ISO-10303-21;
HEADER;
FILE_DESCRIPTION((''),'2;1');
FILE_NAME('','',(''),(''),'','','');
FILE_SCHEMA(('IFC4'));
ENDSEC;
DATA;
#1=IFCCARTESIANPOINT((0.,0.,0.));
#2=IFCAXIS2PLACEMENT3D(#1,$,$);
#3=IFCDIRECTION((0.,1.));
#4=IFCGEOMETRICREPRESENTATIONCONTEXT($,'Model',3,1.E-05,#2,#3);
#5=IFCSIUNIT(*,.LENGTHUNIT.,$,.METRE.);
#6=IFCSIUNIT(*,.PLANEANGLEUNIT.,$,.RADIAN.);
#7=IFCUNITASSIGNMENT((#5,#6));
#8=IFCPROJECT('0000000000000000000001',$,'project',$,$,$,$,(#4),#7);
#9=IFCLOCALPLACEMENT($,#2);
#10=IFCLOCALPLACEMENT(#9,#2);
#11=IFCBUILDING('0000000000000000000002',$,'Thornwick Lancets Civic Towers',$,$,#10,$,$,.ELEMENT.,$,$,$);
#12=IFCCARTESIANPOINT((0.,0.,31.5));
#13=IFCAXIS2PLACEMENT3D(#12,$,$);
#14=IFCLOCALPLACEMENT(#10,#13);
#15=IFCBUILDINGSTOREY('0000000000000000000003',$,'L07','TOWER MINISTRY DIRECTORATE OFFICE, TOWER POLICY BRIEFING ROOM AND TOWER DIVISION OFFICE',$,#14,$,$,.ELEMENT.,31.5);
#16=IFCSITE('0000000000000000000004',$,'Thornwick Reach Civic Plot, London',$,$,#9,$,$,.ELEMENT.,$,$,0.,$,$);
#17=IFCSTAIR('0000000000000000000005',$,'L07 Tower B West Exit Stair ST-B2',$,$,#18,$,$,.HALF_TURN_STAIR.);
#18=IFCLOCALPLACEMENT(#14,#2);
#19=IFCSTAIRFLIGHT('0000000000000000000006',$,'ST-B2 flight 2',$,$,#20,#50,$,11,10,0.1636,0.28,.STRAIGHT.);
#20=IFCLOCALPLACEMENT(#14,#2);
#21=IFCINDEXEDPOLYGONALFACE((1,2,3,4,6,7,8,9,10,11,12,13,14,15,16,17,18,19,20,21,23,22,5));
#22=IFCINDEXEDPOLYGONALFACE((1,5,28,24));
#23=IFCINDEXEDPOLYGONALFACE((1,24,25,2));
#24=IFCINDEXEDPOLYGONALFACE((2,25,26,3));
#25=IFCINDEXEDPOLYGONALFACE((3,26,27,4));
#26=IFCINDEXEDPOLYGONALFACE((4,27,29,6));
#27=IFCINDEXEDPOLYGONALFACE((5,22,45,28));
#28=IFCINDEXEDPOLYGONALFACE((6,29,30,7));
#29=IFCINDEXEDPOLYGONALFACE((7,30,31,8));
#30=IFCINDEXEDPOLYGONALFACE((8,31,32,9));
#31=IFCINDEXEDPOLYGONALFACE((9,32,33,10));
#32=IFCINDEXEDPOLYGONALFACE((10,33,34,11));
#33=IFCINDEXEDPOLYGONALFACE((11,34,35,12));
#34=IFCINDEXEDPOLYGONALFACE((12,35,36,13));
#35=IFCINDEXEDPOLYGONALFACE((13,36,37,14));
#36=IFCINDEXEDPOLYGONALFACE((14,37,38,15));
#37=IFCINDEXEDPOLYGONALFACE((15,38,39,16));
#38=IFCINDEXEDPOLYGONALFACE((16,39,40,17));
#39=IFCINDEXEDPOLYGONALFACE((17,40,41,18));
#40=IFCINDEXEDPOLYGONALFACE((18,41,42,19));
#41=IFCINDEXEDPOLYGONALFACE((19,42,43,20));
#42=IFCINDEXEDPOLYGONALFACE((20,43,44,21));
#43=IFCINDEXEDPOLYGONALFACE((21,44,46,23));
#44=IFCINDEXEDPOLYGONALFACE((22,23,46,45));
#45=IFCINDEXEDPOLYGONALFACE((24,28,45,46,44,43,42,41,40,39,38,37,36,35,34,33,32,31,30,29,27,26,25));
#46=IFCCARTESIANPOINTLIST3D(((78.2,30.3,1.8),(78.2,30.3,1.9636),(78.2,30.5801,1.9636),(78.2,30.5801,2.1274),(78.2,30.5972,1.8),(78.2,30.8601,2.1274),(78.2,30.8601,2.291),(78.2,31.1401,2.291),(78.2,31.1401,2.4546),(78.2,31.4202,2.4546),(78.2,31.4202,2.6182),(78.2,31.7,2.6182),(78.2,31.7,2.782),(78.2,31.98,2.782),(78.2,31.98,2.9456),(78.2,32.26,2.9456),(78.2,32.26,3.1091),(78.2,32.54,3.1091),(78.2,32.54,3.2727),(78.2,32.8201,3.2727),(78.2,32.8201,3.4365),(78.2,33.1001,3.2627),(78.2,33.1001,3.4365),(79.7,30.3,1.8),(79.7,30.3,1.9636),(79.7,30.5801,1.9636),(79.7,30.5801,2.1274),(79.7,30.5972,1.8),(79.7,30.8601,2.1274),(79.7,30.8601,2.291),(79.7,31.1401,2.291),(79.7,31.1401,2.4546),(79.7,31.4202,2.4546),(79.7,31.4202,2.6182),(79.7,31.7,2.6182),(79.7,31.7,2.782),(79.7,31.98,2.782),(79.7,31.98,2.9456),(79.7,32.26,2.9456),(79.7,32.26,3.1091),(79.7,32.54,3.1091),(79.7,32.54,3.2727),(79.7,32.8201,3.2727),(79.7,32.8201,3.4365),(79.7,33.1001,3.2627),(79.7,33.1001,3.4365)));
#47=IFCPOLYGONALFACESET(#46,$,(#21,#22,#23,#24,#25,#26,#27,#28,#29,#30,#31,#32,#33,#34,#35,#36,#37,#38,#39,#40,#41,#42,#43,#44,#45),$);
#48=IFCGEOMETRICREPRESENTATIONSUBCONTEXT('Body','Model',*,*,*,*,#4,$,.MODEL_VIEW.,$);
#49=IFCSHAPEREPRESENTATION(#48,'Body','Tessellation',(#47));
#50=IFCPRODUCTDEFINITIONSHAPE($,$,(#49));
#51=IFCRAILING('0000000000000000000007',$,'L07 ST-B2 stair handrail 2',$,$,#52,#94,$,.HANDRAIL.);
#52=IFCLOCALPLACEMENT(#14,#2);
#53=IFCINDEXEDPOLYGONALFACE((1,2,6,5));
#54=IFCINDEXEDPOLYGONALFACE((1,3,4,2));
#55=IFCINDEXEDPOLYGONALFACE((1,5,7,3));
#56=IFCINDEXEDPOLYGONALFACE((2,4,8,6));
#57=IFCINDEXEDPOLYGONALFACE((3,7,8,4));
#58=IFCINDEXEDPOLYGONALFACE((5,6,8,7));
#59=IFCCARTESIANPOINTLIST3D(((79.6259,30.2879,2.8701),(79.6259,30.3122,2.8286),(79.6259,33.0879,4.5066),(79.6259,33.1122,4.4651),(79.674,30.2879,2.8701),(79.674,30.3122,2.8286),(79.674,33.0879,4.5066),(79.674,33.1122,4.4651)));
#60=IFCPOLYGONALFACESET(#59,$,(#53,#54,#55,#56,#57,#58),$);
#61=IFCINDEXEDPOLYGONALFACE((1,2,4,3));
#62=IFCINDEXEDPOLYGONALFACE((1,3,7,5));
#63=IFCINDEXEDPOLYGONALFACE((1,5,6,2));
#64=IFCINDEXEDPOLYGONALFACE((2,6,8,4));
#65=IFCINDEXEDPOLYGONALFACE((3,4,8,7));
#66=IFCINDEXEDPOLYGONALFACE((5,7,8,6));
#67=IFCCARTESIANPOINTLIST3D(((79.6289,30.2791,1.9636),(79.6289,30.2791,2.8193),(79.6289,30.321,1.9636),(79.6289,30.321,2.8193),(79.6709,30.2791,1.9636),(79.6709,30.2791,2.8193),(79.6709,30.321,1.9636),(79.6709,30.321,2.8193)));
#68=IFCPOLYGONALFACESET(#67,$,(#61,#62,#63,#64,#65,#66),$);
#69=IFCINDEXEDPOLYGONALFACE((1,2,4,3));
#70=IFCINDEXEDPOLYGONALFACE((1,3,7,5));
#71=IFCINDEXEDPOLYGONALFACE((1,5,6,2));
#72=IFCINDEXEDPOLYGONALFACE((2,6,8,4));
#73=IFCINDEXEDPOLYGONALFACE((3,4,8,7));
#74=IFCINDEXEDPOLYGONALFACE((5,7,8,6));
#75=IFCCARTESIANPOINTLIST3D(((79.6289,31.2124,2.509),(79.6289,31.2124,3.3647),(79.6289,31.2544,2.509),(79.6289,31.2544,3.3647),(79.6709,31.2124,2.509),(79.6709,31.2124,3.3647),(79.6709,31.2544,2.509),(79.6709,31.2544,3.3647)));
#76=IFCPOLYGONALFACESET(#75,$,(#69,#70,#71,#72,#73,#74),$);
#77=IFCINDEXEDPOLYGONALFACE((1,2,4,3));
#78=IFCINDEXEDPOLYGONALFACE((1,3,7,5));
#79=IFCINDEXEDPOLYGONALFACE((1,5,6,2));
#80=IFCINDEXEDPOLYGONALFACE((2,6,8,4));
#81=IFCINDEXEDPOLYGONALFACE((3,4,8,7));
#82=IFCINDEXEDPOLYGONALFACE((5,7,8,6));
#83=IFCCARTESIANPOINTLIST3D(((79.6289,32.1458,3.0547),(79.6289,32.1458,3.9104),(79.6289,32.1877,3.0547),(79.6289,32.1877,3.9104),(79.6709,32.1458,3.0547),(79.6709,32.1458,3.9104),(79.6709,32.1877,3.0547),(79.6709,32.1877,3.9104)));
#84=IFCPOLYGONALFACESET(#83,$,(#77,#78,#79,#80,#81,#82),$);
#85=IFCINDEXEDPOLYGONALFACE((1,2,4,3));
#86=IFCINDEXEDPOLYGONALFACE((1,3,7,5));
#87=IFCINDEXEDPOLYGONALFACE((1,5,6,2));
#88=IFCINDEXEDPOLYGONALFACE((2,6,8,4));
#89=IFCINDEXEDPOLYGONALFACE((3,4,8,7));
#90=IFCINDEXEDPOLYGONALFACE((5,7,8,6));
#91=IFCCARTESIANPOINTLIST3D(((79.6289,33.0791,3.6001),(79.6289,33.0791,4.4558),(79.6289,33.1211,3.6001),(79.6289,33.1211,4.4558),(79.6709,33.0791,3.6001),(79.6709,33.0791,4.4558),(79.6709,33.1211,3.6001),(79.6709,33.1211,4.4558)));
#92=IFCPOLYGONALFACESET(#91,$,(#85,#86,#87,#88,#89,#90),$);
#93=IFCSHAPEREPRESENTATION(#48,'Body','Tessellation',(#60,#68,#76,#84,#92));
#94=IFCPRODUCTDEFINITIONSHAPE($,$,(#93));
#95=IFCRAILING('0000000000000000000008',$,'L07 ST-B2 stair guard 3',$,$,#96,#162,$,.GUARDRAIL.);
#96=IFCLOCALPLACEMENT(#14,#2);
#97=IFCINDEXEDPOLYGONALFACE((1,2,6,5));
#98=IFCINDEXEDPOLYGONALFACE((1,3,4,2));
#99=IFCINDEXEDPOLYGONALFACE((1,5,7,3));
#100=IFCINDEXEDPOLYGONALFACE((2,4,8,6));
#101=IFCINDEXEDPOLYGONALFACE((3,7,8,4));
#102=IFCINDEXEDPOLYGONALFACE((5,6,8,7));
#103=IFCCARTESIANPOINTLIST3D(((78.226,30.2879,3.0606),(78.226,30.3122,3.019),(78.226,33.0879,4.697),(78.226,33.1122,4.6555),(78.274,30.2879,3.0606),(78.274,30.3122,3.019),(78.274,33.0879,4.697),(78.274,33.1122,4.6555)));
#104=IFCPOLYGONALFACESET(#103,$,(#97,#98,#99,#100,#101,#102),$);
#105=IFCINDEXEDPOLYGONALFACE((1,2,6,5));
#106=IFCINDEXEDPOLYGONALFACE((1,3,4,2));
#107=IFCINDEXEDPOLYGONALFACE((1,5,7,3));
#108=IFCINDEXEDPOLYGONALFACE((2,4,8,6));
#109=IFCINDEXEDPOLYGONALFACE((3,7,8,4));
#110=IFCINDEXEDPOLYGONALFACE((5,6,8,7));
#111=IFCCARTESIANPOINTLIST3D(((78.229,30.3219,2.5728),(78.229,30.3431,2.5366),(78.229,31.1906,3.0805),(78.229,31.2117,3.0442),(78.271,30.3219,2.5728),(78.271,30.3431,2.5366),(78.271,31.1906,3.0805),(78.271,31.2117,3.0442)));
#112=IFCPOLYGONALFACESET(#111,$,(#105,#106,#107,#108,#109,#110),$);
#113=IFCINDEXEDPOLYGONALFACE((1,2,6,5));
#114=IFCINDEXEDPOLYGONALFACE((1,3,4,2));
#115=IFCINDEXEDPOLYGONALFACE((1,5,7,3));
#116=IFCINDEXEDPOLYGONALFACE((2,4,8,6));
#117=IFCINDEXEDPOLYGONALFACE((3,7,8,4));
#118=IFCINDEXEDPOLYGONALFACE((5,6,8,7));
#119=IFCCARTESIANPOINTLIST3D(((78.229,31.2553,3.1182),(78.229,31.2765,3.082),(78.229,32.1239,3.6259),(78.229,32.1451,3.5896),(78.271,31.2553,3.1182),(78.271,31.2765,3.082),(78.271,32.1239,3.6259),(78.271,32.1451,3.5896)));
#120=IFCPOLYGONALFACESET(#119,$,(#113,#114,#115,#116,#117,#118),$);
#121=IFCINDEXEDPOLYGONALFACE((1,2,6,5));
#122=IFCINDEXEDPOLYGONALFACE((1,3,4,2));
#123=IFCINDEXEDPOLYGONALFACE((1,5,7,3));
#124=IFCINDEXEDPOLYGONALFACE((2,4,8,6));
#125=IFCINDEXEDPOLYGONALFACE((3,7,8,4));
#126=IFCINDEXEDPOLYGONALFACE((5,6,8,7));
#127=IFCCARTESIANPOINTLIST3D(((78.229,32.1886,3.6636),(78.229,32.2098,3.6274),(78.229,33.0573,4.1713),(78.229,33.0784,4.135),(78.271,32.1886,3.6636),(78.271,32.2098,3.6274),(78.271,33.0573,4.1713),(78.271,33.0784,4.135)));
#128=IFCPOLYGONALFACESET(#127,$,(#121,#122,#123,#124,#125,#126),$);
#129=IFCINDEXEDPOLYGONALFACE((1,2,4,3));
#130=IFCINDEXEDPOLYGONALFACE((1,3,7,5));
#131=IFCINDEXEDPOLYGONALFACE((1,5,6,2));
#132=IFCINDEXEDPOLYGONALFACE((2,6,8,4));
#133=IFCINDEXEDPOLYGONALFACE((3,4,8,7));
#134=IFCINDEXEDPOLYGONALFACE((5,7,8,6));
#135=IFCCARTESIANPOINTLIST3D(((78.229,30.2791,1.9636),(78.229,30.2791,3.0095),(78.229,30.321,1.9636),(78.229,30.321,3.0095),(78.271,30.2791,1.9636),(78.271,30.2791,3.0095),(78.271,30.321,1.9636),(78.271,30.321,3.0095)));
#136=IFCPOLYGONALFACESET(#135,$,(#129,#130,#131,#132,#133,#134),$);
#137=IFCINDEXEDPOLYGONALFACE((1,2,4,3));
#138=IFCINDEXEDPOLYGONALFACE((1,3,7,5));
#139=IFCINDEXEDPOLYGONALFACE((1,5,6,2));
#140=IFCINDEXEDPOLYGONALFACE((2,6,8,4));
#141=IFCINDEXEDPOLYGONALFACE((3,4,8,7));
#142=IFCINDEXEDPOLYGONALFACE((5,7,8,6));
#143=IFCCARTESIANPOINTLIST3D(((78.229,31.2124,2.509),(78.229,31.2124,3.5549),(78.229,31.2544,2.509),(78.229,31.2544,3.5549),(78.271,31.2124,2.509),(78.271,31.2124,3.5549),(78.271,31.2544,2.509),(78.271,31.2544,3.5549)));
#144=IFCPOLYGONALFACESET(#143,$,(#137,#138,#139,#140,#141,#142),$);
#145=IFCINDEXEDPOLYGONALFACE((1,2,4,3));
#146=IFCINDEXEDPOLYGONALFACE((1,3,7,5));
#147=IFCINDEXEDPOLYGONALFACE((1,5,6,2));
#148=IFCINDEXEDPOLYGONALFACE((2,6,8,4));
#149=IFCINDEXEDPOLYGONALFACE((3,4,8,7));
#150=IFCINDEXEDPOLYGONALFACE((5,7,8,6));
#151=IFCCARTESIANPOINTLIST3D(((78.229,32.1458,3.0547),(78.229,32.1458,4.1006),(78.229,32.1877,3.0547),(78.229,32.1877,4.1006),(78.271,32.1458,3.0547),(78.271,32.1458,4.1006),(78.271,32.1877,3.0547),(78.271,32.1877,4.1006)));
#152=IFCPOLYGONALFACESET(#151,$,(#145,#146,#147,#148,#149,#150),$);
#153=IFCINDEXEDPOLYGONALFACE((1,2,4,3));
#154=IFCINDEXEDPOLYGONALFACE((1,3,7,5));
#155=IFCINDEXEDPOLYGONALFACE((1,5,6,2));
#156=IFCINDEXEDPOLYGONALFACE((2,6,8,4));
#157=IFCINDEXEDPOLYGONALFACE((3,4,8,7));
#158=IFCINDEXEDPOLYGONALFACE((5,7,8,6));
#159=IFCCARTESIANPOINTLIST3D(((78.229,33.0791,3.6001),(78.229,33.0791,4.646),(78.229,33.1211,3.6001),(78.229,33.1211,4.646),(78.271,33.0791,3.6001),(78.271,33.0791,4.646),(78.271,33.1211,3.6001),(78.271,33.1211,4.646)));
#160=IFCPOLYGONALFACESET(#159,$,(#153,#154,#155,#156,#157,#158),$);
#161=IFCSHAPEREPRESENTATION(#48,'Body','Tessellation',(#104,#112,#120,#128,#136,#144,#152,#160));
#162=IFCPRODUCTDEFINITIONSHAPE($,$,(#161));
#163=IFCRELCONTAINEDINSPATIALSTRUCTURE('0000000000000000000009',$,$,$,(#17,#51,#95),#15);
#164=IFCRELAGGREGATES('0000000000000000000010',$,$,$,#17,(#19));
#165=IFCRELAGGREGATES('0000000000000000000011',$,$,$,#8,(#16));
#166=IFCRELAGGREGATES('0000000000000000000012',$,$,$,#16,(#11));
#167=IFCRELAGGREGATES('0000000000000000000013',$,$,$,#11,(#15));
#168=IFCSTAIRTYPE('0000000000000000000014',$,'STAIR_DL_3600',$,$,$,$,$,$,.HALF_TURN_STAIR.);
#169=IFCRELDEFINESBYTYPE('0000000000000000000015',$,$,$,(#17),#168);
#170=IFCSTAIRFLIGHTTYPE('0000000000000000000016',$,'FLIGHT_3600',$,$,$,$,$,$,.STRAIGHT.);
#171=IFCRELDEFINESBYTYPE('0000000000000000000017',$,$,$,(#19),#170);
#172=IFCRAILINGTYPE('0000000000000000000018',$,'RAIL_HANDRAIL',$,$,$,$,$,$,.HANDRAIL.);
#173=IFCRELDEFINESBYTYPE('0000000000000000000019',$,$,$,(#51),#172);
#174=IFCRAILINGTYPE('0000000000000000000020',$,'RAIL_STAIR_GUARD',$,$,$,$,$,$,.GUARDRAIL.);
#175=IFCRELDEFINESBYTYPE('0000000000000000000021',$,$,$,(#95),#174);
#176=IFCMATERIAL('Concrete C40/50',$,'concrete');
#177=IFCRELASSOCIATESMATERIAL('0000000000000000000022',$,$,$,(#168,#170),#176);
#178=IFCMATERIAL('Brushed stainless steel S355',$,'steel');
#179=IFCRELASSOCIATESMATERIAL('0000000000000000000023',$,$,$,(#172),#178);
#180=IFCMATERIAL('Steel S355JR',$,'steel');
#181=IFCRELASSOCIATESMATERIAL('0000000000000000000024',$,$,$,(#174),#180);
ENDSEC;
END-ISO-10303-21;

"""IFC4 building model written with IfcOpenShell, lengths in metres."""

from ifc_helpers import new_model, si_unit, direction, frame, origin, origin_2d, place, context, subcontext, project, spatial, polyline, rectangle, outline, extrude, material, type_object, element, aggregate, save


model = new_model("IFC4")

# Units and contexts
model_context = context("Model", 3, precision=1e-05, world=origin(), true_north=direction((0.0, 1.0)))
body_context = subcontext(model_context, "Body", "Model", "MODEL_VIEW")
ifc_project = project(units=[si_unit("LENGTHUNIT", "METRE"), si_unit("PLANEANGLEUNIT", "RADIAN")], contexts=[model_context])

# Site, building, storey
site_placement = place(None, origin())
site = spatial("IfcSite", under=ifc_project, at=site_placement, Name="Thornwick Reach Civic Plot, London", CompositionType="ELEMENT", RefElevation=0.0)
building_placement = place(site_placement, origin())
building = spatial("IfcBuilding", under=site, at=building_placement, Name="Thornwick Lancets Civic Towers", CompositionType="ELEMENT")
storey_placement = place(building_placement, frame((0.0, 0.0, 31.5)))
storey = spatial("IfcBuildingStorey", under=building, at=storey_placement, Name="L07", Description="TOWER MINISTRY DIRECTORATE OFFICE, TOWER POLICY BRIEFING ROOM AND TOWER DIVISION OFFICE", CompositionType="ELEMENT", Elevation=31.5)

# Shared definitions
ifc_material_1 = material(Name="Steel S355JR", Category="steel")

# Shared definitions
ifc_material_2 = material(Name="Concrete C40/50", Category="concrete")

# Stair, stair flight
stair_type = type_object("IfcStairType", Name="STAIR_DL_3600", PredefinedType="HALF_TURN_STAIR", material=ifc_material_2)
stair_placement = place(storey_placement, origin())
stair = element("IfcStair", 1, at=stair_placement, inside=storey, type_object=stair_type, Name="L07 Tower B West Exit Stair ST-B2", PredefinedType="HALF_TURN_STAIR")
stair_flight_type = type_object("IfcStairFlightType", Name="FLIGHT_3600", PredefinedType="STRAIGHT", material=ifc_material_2)
stair_flight_placement = place(storey_placement, frame((78.95, 30.3, 1.8), z_axis=(0.0, 0.0, 1.0), x_axis=(0.0, 1.0, 0.0)))
stair_flight = element("IfcStairFlight", 2, at=stair_flight_placement, type_object=stair_flight_type, Name="ST-B2 flight 2", NumberOfRisers=11, NumberOfTreads=10, PredefinedType="STRAIGHT", RiserHeight=0.1636, TreadLength=0.28, context=body_context, shape_type="SweptSolid", body=[
    extrude(outline(polyline([(0.0, 0.0), (0.0, 0.1636), (0.28, 0.1636), (0.28, 0.3274), (0.5601, 0.3274), (0.5601, 0.491), (0.8401, 0.491), (0.8401, 0.6545), (1.1201, 0.6545), (1.1201, 0.8181), (1.3999, 0.8181), (1.3999, 0.9819), (1.6799, 0.9819), (1.6799, 1.1455), (1.96, 1.1455), (1.96, 1.3091), (2.24, 1.3091), (2.24, 1.4727), (2.52, 1.4727), (2.52, 1.6365), (2.8, 1.6365), (2.8, 1.8), (2.8, 1.4626), (0.2971, 0.0), (0.0, 0.0)])), frame((0.0, 0.75, 0.0), z_axis=(0.0, -1.0, 0.0), x_axis=(1.0, 0.0, 0.0)), (0.0, 0.0, 1.0), 1.5),
])
aggregate(stair, [stair_flight])

# Railings
ifc_material_3 = material(Name="Brushed stainless steel S355", Category="steel")
railing_type_1 = type_object("IfcRailingType", Name="RAIL_HANDRAIL", PredefinedType="HANDRAIL", material=ifc_material_3)
railing_1_placement = place(storey_placement, frame((79.6499, 30.3, 1.9636)))
element("IfcRailing", 3, at=railing_1_placement, inside=storey, type_object=railing_type_1, Name="L07 ST-B2 stair handrail 2", PredefinedType="HANDRAIL", context=body_context, shape_type="SweptSolid", body=[
    extrude(rectangle(XDim=0.0481, YDim=0.0481, at=origin_2d()), frame((0.0, 0.0, 0.8857), z_axis=(0.0, 0.863361, 0.504587), x_axis=(-1.0, 0.0, 0.0)), (0.0, 0.0, 1.0), 3.2432),
    extrude(rectangle(XDim=0.042, YDim=0.042, at=origin_2d()), origin(), (0.0, 0.0, 1.0), 0.8557),
    extrude(rectangle(XDim=0.042, YDim=0.042, at=origin_2d()), frame((0.0, 0.9333, 0.5454)), (0.0, 0.0, 1.0), 0.8557),
    extrude(rectangle(XDim=0.042, YDim=0.042, at=origin_2d()), frame((0.0, 1.8667, 1.0911)), (0.0, 0.0, 1.0), 0.8557),
    extrude(rectangle(XDim=0.042, YDim=0.042, at=origin_2d()), frame((0.0, 2.8, 1.6365)), (0.0, 0.0, 1.0), 0.8557),
])
railing_type_2 = type_object("IfcRailingType", Name="RAIL_STAIR_GUARD", PredefinedType="GUARDRAIL", material=ifc_material_1)
railing_2_placement = place(storey_placement, frame((78.25, 30.3, 1.9636)))
element("IfcRailing", 4, at=railing_2_placement, inside=storey, type_object=railing_type_2, Name="L07 ST-B2 stair guard 3", PredefinedType="GUARDRAIL", context=body_context, shape_type="SweptSolid", body=[
    extrude(rectangle(XDim=0.0481, YDim=0.0481, at=origin_2d()), frame((0.0, 0.0, 1.0762), z_axis=(0.0, 0.863361, 0.504587), x_axis=(-1.0, 0.0, 0.0)), (0.0, 0.0, 1.0), 3.2432),
    extrude(rectangle(XDim=0.042, YDim=0.042, at=origin_2d()), frame((0.0, 0.0325, 0.5911), z_axis=(0.0, 0.863361, 0.504587), x_axis=(-1.0, 0.0, 0.0)), (0.0, 0.0, 1.0), 1.0061),
    extrude(rectangle(XDim=0.042, YDim=0.042, at=origin_2d()), frame((0.0, 0.9658, 1.1365), z_axis=(0.0, 0.863361, 0.504587), x_axis=(-1.0, 0.0, 0.0)), (0.0, 0.0, 1.0), 1.0061),
    extrude(rectangle(XDim=0.042, YDim=0.042, at=origin_2d()), frame((0.0, 1.8992, 1.6819), z_axis=(0.0, 0.863361, 0.504587), x_axis=(-1.0, 0.0, 0.0)), (0.0, 0.0, 1.0), 1.0061),
    extrude(rectangle(XDim=0.042, YDim=0.042, at=origin_2d()), origin(), (0.0, 0.0, 1.0), 1.0459),
    extrude(rectangle(XDim=0.042, YDim=0.042, at=origin_2d()), frame((0.0, 0.9333, 0.5454)), (0.0, 0.0, 1.0), 1.0459),
    extrude(rectangle(XDim=0.042, YDim=0.042, at=origin_2d()), frame((0.0, 1.8667, 1.0911)), (0.0, 0.0, 1.0), 1.0459),
    extrude(rectangle(XDim=0.042, YDim=0.042, at=origin_2d()), frame((0.0, 2.8, 1.6365)), (0.0, 0.0, 1.0), 1.0459),
])

save(model, "model.ifc")
